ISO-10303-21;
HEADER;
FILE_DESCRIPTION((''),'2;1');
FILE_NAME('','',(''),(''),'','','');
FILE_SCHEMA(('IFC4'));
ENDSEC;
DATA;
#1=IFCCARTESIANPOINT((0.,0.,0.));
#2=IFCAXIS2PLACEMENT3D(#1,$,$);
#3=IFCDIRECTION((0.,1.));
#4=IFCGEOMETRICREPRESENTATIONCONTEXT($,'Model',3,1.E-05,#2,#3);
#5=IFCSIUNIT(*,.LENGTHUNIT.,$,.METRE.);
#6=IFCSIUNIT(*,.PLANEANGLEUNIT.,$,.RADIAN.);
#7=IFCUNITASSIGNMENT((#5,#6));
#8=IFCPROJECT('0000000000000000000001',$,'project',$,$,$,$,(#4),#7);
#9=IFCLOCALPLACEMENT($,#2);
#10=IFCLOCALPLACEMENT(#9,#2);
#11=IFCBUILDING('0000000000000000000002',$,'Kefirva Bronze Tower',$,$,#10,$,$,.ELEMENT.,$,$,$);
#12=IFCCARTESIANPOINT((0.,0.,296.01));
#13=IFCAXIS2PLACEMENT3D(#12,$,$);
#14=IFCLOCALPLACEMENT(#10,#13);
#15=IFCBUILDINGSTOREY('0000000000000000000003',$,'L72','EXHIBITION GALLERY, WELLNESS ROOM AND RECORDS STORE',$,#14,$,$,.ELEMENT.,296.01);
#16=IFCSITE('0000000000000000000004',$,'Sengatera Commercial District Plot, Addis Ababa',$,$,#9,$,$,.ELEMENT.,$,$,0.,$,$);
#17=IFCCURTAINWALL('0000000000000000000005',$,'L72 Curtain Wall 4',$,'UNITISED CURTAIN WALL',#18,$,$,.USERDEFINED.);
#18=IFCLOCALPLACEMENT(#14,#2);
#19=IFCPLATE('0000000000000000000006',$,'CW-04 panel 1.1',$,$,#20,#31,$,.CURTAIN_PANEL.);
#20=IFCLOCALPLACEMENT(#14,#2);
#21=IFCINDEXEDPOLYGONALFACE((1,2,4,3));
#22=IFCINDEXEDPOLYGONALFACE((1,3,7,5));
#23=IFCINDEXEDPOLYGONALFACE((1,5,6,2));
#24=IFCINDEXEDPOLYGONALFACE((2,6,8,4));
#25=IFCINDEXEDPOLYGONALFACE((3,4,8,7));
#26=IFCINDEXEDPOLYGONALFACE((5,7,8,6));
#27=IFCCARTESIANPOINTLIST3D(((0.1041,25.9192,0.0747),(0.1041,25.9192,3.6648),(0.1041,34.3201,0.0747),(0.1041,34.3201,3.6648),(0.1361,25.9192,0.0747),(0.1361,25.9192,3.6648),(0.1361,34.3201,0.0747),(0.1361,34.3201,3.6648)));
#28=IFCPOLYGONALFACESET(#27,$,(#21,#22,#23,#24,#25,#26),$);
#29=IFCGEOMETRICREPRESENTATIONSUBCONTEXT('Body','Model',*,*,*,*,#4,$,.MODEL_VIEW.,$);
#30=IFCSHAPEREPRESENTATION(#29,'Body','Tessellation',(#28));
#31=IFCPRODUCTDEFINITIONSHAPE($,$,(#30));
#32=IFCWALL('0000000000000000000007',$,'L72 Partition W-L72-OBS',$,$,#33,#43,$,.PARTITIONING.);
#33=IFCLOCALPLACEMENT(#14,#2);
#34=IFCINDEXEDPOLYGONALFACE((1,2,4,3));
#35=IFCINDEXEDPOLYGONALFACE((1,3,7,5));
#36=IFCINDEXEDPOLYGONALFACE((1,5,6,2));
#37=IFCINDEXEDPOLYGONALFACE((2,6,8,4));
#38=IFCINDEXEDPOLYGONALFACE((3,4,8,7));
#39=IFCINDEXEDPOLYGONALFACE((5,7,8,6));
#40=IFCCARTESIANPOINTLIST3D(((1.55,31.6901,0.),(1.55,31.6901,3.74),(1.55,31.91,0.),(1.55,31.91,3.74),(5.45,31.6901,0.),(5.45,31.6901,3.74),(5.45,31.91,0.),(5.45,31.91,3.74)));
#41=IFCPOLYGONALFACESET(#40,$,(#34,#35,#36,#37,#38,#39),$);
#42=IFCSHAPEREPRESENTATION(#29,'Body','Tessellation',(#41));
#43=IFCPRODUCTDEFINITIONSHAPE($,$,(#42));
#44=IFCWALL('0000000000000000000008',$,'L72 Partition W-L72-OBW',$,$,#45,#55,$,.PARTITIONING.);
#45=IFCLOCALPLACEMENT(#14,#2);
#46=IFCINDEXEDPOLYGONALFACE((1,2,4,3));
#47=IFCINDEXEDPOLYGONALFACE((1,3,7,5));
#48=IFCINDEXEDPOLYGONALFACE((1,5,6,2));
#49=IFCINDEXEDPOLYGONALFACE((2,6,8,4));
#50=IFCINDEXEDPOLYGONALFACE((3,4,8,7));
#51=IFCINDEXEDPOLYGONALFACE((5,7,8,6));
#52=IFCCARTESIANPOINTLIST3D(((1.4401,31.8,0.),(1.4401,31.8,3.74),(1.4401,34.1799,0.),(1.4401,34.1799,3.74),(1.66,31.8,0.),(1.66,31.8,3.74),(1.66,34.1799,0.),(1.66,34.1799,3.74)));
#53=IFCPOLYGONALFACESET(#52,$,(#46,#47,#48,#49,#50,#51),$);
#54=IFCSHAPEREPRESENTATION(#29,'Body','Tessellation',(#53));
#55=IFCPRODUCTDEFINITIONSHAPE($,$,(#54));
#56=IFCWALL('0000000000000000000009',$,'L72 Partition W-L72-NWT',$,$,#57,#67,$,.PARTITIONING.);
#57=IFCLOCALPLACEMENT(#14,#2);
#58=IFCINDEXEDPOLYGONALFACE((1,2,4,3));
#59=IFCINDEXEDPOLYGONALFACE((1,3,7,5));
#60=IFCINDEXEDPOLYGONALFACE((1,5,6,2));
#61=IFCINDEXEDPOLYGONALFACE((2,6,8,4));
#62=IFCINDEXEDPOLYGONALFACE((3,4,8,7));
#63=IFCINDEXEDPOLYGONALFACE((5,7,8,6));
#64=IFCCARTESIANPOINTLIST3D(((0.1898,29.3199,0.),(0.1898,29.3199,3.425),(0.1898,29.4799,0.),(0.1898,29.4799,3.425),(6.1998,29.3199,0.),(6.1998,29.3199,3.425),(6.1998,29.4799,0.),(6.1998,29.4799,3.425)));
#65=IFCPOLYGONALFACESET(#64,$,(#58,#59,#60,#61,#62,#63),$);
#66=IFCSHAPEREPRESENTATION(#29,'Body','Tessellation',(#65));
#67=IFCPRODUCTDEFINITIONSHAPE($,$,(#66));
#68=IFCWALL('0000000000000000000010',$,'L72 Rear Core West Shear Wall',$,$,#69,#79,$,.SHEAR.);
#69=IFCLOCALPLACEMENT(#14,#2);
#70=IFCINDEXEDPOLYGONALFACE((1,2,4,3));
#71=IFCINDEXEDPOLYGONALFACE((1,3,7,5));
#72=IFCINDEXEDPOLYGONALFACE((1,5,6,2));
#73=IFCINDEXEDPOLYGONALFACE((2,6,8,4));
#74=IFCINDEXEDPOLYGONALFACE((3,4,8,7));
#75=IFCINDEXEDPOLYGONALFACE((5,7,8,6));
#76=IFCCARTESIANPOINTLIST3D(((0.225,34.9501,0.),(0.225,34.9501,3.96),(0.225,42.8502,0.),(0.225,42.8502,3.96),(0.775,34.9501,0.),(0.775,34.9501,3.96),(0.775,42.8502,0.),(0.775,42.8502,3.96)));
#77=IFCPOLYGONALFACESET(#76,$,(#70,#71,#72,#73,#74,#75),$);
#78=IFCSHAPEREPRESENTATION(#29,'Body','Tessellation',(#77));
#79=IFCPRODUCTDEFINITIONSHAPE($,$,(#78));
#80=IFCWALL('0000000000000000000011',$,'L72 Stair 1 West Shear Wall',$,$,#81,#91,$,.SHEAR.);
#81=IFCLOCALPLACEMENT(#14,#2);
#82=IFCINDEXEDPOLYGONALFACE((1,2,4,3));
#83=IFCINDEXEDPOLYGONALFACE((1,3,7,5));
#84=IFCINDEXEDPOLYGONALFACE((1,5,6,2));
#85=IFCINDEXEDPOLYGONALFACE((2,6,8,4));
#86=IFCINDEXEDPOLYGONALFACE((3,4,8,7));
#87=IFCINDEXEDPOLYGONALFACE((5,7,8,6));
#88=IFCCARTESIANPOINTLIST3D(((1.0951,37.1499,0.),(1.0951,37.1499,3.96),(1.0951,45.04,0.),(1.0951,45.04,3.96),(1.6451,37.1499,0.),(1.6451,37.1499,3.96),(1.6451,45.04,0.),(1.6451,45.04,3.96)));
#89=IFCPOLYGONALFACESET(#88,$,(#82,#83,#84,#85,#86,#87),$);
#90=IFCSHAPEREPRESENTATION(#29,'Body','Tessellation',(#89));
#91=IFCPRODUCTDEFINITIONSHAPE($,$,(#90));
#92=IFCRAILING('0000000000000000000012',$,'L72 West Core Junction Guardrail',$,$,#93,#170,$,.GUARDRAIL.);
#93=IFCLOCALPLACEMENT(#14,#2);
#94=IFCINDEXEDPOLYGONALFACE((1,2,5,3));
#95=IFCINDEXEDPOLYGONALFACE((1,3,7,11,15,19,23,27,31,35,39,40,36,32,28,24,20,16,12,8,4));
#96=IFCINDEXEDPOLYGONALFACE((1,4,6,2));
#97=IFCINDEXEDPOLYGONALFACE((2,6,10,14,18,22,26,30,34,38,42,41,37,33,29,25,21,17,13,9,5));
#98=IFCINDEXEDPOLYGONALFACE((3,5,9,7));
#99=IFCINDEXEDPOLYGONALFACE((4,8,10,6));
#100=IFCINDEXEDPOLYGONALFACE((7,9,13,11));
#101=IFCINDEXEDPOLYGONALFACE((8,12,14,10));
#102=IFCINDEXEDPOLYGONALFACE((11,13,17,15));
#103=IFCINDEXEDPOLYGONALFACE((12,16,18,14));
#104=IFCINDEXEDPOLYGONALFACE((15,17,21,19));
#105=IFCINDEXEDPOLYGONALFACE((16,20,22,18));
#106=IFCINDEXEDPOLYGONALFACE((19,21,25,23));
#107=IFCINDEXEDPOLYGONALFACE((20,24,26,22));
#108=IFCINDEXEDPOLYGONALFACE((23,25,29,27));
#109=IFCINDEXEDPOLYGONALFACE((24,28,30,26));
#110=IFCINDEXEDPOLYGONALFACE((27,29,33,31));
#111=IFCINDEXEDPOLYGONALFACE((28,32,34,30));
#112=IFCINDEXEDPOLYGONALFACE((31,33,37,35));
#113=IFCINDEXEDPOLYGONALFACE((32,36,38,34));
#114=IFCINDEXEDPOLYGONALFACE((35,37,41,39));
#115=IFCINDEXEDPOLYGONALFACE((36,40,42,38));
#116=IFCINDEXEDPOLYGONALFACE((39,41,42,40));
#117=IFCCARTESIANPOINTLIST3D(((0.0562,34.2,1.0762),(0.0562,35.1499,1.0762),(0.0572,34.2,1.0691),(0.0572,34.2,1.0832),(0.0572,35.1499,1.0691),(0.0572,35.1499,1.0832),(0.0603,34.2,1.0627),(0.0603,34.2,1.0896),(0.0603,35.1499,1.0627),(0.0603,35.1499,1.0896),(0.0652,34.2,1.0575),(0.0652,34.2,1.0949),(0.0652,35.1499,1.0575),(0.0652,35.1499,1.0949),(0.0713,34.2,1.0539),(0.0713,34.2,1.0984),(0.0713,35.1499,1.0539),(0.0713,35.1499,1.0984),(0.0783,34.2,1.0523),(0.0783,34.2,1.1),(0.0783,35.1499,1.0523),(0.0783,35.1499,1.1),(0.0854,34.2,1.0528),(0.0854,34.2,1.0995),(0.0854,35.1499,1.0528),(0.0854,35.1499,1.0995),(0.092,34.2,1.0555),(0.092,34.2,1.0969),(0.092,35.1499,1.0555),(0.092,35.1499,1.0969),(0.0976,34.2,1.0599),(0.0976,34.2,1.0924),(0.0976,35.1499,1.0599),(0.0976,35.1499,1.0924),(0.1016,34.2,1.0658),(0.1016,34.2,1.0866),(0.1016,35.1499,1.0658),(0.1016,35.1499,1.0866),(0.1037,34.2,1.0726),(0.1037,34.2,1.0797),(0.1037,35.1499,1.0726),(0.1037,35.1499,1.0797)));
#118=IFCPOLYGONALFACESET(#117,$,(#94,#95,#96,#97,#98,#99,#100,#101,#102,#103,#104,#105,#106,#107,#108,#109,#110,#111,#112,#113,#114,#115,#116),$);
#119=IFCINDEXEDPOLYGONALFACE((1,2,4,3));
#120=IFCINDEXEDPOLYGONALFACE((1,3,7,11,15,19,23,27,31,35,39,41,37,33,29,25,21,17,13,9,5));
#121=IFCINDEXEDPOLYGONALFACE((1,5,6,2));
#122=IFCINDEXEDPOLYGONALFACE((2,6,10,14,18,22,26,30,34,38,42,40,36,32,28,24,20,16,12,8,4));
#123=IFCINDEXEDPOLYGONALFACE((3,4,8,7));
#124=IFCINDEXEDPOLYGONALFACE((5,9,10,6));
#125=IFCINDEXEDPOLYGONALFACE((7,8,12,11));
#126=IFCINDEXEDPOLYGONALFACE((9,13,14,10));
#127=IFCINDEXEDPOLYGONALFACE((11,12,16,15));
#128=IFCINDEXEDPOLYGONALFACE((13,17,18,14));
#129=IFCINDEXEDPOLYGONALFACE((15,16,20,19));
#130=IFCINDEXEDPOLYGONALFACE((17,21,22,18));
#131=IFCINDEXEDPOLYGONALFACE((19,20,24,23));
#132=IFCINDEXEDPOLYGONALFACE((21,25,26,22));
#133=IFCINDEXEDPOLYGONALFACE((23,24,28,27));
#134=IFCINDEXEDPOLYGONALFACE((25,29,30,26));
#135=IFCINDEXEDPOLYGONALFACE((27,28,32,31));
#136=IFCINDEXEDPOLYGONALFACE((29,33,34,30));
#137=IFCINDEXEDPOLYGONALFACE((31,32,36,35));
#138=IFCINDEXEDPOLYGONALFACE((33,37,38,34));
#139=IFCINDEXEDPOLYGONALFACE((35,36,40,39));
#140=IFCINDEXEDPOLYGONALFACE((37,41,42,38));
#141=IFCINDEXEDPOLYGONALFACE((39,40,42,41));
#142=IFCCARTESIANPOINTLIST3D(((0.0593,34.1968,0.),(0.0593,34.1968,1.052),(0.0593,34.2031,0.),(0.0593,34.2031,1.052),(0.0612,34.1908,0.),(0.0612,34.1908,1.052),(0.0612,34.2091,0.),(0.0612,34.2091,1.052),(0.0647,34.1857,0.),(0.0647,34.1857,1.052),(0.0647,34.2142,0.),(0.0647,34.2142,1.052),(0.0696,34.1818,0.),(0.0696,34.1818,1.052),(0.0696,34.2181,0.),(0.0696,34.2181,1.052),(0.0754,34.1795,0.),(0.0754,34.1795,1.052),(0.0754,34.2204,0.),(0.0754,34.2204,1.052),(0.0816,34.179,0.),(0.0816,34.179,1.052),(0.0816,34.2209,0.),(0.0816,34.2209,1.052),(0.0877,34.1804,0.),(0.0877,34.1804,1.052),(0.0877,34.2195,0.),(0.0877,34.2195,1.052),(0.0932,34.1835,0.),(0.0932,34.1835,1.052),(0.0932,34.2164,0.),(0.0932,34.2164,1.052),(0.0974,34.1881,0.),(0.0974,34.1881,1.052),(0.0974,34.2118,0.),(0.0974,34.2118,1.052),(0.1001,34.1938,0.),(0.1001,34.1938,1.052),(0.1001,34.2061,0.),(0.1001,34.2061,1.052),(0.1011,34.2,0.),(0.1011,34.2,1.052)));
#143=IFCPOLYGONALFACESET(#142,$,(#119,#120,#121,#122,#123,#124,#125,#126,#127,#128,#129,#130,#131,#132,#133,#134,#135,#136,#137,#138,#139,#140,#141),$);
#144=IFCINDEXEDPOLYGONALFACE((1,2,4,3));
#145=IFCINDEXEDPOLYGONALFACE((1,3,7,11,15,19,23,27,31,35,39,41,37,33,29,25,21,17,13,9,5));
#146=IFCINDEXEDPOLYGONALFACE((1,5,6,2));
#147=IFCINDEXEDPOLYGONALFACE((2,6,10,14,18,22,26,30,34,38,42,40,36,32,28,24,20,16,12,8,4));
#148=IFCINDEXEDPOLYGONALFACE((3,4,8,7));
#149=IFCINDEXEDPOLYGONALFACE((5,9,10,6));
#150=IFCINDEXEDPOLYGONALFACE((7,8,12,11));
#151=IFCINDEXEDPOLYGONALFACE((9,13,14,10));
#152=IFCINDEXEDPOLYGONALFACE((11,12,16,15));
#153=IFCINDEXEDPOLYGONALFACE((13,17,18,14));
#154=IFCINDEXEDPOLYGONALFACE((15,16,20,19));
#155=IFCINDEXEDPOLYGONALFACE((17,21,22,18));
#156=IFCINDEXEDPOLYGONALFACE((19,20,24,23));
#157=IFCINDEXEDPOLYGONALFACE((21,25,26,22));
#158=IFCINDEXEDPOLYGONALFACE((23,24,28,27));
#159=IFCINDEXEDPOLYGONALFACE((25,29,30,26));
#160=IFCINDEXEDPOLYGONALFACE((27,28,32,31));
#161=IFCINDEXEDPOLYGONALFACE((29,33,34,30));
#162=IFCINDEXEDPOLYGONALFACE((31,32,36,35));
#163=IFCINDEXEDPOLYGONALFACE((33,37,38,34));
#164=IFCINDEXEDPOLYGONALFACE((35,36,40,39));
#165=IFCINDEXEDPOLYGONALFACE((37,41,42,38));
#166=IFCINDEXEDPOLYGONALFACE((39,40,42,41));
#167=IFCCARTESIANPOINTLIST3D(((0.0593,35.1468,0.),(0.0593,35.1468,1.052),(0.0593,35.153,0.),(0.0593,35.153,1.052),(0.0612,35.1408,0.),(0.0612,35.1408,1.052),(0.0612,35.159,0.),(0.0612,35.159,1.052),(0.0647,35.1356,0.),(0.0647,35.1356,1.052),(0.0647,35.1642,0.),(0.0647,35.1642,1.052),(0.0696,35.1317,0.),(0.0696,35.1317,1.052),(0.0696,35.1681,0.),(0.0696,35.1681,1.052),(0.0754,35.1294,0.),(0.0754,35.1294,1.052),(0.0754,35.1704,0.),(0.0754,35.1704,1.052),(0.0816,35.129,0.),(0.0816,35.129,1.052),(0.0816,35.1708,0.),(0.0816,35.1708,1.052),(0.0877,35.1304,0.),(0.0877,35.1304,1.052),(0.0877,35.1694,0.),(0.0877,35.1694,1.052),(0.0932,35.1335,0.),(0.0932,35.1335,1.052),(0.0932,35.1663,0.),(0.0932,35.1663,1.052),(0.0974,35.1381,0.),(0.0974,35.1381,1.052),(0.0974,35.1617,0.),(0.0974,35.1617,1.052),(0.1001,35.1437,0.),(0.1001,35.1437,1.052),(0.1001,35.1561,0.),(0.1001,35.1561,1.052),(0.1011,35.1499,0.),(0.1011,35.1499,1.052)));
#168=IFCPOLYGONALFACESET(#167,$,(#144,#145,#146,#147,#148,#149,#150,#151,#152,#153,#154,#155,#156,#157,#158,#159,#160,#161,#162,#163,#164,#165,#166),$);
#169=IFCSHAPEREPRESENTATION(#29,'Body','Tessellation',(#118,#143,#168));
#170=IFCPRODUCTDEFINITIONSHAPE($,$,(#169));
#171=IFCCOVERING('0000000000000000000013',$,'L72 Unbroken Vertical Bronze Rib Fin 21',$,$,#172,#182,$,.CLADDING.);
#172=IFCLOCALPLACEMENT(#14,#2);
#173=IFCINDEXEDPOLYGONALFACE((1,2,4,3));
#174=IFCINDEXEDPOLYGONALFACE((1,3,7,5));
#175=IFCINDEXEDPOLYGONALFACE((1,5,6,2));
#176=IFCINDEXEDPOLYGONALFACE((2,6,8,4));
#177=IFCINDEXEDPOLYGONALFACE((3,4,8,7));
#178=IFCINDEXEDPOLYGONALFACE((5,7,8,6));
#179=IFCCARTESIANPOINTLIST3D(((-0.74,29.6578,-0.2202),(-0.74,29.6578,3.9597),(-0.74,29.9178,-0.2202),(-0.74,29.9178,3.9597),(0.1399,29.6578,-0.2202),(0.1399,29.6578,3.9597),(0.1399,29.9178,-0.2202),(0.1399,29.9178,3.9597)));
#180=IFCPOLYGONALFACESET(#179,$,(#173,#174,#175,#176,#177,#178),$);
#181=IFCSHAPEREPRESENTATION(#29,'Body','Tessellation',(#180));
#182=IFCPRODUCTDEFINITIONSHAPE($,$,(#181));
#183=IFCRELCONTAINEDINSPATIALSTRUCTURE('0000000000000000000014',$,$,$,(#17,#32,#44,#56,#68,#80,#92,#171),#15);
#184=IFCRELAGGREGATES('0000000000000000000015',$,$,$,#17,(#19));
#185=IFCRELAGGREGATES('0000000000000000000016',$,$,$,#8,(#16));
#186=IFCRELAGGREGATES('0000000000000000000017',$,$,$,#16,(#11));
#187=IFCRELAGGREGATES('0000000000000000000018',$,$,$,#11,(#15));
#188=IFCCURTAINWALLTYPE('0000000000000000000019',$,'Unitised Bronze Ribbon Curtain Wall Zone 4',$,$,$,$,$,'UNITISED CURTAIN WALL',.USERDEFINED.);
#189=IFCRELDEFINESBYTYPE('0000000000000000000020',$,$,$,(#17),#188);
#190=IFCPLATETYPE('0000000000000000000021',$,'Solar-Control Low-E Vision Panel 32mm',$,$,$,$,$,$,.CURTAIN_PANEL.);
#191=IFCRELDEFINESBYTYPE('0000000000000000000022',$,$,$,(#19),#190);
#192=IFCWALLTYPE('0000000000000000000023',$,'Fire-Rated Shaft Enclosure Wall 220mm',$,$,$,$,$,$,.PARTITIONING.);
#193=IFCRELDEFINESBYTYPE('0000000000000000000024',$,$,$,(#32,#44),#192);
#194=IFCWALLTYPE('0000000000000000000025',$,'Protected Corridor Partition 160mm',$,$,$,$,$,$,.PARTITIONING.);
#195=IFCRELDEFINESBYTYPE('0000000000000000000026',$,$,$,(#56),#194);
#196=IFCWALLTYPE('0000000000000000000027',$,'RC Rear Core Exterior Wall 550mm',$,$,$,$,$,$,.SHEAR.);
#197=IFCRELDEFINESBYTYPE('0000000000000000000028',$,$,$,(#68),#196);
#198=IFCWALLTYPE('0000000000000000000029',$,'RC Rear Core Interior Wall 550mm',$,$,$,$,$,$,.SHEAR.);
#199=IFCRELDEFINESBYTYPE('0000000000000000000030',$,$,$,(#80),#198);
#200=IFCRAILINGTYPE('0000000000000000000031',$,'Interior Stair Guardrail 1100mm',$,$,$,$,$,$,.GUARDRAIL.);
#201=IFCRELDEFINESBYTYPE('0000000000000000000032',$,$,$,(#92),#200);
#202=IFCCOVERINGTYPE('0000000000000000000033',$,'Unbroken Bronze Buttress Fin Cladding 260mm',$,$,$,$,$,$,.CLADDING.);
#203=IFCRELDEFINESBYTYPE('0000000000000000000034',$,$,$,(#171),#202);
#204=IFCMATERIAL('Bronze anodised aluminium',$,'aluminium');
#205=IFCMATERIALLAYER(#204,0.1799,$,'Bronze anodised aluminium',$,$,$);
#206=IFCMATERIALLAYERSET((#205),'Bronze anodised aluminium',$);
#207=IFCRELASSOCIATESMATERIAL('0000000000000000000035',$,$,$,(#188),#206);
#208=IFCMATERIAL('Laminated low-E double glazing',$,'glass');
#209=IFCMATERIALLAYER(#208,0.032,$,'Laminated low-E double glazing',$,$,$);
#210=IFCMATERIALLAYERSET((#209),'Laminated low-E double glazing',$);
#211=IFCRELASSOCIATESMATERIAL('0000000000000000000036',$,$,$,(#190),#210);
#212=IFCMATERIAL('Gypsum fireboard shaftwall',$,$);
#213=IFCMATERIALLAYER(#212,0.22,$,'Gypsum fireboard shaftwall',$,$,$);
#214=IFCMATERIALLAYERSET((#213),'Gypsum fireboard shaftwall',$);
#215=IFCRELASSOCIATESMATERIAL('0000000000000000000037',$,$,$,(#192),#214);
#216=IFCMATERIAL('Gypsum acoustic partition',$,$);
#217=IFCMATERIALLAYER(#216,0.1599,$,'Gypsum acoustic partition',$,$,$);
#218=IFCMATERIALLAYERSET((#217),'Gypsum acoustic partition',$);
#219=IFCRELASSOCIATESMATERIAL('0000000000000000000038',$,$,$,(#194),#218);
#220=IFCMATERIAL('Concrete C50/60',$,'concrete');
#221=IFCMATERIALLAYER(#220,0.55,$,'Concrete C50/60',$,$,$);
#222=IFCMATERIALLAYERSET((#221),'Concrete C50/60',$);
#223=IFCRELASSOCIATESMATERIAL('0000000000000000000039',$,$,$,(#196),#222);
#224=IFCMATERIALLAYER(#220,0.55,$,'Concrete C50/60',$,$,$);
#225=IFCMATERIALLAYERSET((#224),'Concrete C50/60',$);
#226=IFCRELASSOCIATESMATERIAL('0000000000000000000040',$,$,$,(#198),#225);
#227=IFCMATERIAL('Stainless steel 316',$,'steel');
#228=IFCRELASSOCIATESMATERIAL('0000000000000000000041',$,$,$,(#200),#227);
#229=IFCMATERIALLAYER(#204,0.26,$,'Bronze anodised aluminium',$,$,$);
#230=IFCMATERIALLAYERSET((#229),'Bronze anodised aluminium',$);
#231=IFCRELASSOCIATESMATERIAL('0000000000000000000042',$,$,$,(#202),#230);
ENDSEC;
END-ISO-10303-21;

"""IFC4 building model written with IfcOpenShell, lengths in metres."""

from ifc_helpers import new_model, si_unit, direction, frame, frame_2d, origin, origin_2d, place, context, subcontext, project, spatial, rectangle, circle, extrude, material, layer, layer_set, type_object, element, aggregate, save


model = new_model("IFC4")

# Units and contexts
model_context = context("Model", 3, precision=1e-05, world=origin(), true_north=direction((0.0, 1.0)))
body_context = subcontext(model_context, "Body", "Model", "MODEL_VIEW")
ifc_project = project(units=[si_unit("LENGTHUNIT", "METRE"), si_unit("PLANEANGLEUNIT", "RADIAN")], contexts=[model_context])

# Site, building, storey
site_placement = place(None, origin())
site = spatial("IfcSite", under=ifc_project, at=site_placement, Name="Sengatera Commercial District Plot, Addis Ababa", CompositionType="ELEMENT", RefElevation=0.0)
building_placement = place(site_placement, origin())
building = spatial("IfcBuilding", under=site, at=building_placement, Name="Kefirva Bronze Tower", CompositionType="ELEMENT")
storey_placement = place(building_placement, frame((0.0, 0.0, 296.01)))
storey = spatial("IfcBuildingStorey", under=building, at=storey_placement, Name="L72", Description="EXHIBITION GALLERY, WELLNESS ROOM AND RECORDS STORE", CompositionType="ELEMENT", Elevation=296.01)

# Shared definitions
ifc_material_1 = material(Name="Concrete C50/60", Category="concrete")

# Curtain wall
ifc_material_2 = material(Name="Bronze anodised aluminium", Category="aluminium")
ifc_layer_1 = layer(ifc_material_2, 0.1799, Name="Bronze anodised aluminium")
ifc_layer_set_1 = layer_set([ifc_layer_1], Name="Bronze anodised aluminium")
curtain_wall_type = type_object("IfcCurtainWallType", Name="Unitised Bronze Ribbon Curtain Wall Zone 4", ElementType="UNITISED CURTAIN WALL", PredefinedType="USERDEFINED", material=ifc_layer_set_1)
curtain_wall_placement = place(storey_placement, origin())
curtain_wall = element("IfcCurtainWall", 1, at=curtain_wall_placement, inside=storey, type_object=curtain_wall_type, Name="L72 Curtain Wall 4", ObjectType="UNITISED CURTAIN WALL", PredefinedType="USERDEFINED")

# Plate
ifc_material_3 = material(Name="Laminated low-E double glazing", Category="glass")
ifc_layer_2 = layer(ifc_material_3, 0.032, Name="Laminated low-E double glazing")
ifc_layer_set_2 = layer_set([ifc_layer_2], Name="Laminated low-E double glazing")
plate_type = type_object("IfcPlateType", Name="Solar-Control Low-E Vision Panel 32mm", PredefinedType="CURTAIN_PANEL", material=ifc_layer_set_2)
plate_placement = place(storey_placement, frame((0.1201, 30.1196, 0.0747), z_axis=(0.0, 0.0, 1.0), x_axis=(0.0, -1.0, 0.0)))
plate = element("IfcPlate", 2, at=plate_placement, type_object=plate_type, Name="CW-04 panel 1.1", PredefinedType="CURTAIN_PANEL", context=body_context, shape_type="SweptSolid", body=[
    extrude(rectangle(XDim=8.4009, YDim=0.032, at=origin_2d()), origin(), (0.0, 0.0, 1.0), 3.5901),
])
aggregate(curtain_wall, [plate])

# Walls
ifc_material_4 = material(Name="Gypsum fireboard shaftwall")
ifc_layer_3 = layer(ifc_material_4, 0.22, Name="Gypsum fireboard shaftwall")
ifc_layer_set_3 = layer_set([ifc_layer_3], Name="Gypsum fireboard shaftwall")
wall_type_1 = type_object("IfcWallType", Name="Fire-Rated Shaft Enclosure Wall 220mm", PredefinedType="PARTITIONING", material=ifc_layer_set_3)
wall_1_placement = place(storey_placement, frame((1.55, 31.8, 0.0), z_axis=(0.0, 0.0, 1.0), x_axis=(1.0, 0.0, 0.0)))
element("IfcWall", 3, at=wall_1_placement, inside=storey, type_object=wall_type_1, Name="L72 Partition W-L72-OBS", PredefinedType="PARTITIONING", context=body_context, shape_type="SweptSolid", body=[
    extrude(rectangle(XDim=3.8999, YDim=0.22, at=frame_2d((1.95, 0.0))), origin(), (0.0, 0.0, 1.0), 3.74),
])
wall_2_placement = place(storey_placement, frame((1.55, 31.8, 0.0), z_axis=(0.0, 0.0, 1.0), x_axis=(0.0, 1.0, 0.0)))
element("IfcWall", 4, at=wall_2_placement, inside=storey, type_object=wall_type_1, Name="L72 Partition W-L72-OBW", PredefinedType="PARTITIONING", context=body_context, shape_type="SweptSolid", body=[
    extrude(rectangle(XDim=2.3799, YDim=0.22, at=frame_2d((1.1899, 0.0))), origin(), (0.0, 0.0, 1.0), 3.74),
])
ifc_material_5 = material(Name="Gypsum acoustic partition")
ifc_layer_4 = layer(ifc_material_5, 0.1599, Name="Gypsum acoustic partition")
ifc_layer_set_4 = layer_set([ifc_layer_4], Name="Gypsum acoustic partition")
wall_type_2 = type_object("IfcWallType", Name="Protected Corridor Partition 160mm", PredefinedType="PARTITIONING", material=ifc_layer_set_4)
wall_3_placement = place(storey_placement, frame((0.1899, 29.3999, 0.0), z_axis=(0.0, 0.0, 1.0), x_axis=(1.0, 0.0, 0.0)))
element("IfcWall", 5, at=wall_3_placement, inside=storey, type_object=wall_type_2, Name="L72 Partition W-L72-NWT", PredefinedType="PARTITIONING", context=body_context, shape_type="SweptSolid", body=[
    extrude(rectangle(XDim=6.01, YDim=0.1599, at=frame_2d((3.0049, 0.0))), origin(), (0.0, 0.0, 1.0), 3.425),
])
ifc_layer_5 = layer(ifc_material_1, 0.55, Name="Concrete C50/60")
ifc_layer_set_5 = layer_set([ifc_layer_5], Name="Concrete C50/60")
wall_type_3 = type_object("IfcWallType", Name="RC Rear Core Exterior Wall 550mm", PredefinedType="SHEAR", material=ifc_layer_set_5)
wall_4_placement = place(storey_placement, frame((0.5, 34.95, 0.0), z_axis=(0.0, 0.0, 1.0), x_axis=(0.0, 1.0, 0.0)))
element("IfcWall", 6, at=wall_4_placement, inside=storey, type_object=wall_type_3, Name="L72 Rear Core West Shear Wall", PredefinedType="SHEAR", context=body_context, shape_type="SweptSolid", body=[
    extrude(rectangle(XDim=7.9001, YDim=0.55, at=frame_2d((3.9502, 0.0))), origin(), (0.0, 0.0, 1.0), 3.96),
])

# Shared definitions
ifc_layer_6 = layer(ifc_material_1, 0.55, Name="Concrete C50/60")
ifc_layer_set_6 = layer_set([ifc_layer_6], Name="Concrete C50/60")
wall_type_4 = type_object("IfcWallType", Name="RC Rear Core Interior Wall 550mm", PredefinedType="SHEAR", material=ifc_layer_set_6)

# Wall
wall_5_placement = place(storey_placement, frame((1.3701, 37.1499, 0.0), z_axis=(0.0, 0.0, 1.0), x_axis=(0.0, 1.0, 0.0)))
element("IfcWall", 7, at=wall_5_placement, inside=storey, type_object=wall_type_4, Name="L72 Stair 1 West Shear Wall", PredefinedType="SHEAR", context=body_context, shape_type="SweptSolid", body=[
    extrude(rectangle(XDim=7.8901, YDim=0.55, at=frame_2d((3.9451, 0.0))), origin(), (0.0, 0.0, 1.0), 3.96),
])

# Railing
ifc_material_6 = material(Name="Stainless steel 316", Category="steel")
railing_type = type_object("IfcRailingType", Name="Interior Stair Guardrail 1100mm", PredefinedType="GUARDRAIL", material=ifc_material_6)
railing_placement = place(storey_placement, frame((0.0801, 34.2, 0.0)))
element("IfcRailing", 8, at=railing_placement, inside=storey, type_object=railing_type, Name="L72 West Core Junction Guardrail", PredefinedType="GUARDRAIL", context=body_context, shape_type="SweptSolid", body=[
    extrude(circle(Radius=0.0239, at=origin_2d()), frame((0.0, 0.0, 1.0762), z_axis=(0.0, 1.0, 0.0), x_axis=(-1.0, 0.0, 0.0)), (0.0, 0.0, 1.0), 0.95),
    extrude(circle(Radius=0.021, at=origin_2d()), origin(), (0.0, 0.0, 1.0), 1.052),
    extrude(circle(Radius=0.021, at=origin_2d()), frame((0.0, 0.95, 0.0)), (0.0, 0.0, 1.0), 1.052),
])

# Covering
ifc_layer_7 = layer(ifc_material_2, 0.26, Name="Bronze anodised aluminium")
ifc_layer_set_7 = layer_set([ifc_layer_7], Name="Bronze anodised aluminium")
covering_type = type_object("IfcCoveringType", Name="Unbroken Bronze Buttress Fin Cladding 260mm", PredefinedType="CLADDING", material=ifc_layer_set_7)
covering_placement = place(storey_placement, frame((-0.3, 29.7878, -0.2202), z_axis=(0.0, 0.0, 1.0), x_axis=(0.0, -1.0, 0.0)))
element("IfcCovering", 9, at=covering_placement, inside=storey, type_object=covering_type, Name="L72 Unbroken Vertical Bronze Rib Fin 21", PredefinedType="CLADDING", context=body_context, shape_type="SweptSolid", body=[
    extrude(rectangle(XDim=0.26, YDim=0.8799, at=origin_2d()), origin(), (0.0, 0.0, 1.0), 4.1799),
])

save(model, "model.ifc")
